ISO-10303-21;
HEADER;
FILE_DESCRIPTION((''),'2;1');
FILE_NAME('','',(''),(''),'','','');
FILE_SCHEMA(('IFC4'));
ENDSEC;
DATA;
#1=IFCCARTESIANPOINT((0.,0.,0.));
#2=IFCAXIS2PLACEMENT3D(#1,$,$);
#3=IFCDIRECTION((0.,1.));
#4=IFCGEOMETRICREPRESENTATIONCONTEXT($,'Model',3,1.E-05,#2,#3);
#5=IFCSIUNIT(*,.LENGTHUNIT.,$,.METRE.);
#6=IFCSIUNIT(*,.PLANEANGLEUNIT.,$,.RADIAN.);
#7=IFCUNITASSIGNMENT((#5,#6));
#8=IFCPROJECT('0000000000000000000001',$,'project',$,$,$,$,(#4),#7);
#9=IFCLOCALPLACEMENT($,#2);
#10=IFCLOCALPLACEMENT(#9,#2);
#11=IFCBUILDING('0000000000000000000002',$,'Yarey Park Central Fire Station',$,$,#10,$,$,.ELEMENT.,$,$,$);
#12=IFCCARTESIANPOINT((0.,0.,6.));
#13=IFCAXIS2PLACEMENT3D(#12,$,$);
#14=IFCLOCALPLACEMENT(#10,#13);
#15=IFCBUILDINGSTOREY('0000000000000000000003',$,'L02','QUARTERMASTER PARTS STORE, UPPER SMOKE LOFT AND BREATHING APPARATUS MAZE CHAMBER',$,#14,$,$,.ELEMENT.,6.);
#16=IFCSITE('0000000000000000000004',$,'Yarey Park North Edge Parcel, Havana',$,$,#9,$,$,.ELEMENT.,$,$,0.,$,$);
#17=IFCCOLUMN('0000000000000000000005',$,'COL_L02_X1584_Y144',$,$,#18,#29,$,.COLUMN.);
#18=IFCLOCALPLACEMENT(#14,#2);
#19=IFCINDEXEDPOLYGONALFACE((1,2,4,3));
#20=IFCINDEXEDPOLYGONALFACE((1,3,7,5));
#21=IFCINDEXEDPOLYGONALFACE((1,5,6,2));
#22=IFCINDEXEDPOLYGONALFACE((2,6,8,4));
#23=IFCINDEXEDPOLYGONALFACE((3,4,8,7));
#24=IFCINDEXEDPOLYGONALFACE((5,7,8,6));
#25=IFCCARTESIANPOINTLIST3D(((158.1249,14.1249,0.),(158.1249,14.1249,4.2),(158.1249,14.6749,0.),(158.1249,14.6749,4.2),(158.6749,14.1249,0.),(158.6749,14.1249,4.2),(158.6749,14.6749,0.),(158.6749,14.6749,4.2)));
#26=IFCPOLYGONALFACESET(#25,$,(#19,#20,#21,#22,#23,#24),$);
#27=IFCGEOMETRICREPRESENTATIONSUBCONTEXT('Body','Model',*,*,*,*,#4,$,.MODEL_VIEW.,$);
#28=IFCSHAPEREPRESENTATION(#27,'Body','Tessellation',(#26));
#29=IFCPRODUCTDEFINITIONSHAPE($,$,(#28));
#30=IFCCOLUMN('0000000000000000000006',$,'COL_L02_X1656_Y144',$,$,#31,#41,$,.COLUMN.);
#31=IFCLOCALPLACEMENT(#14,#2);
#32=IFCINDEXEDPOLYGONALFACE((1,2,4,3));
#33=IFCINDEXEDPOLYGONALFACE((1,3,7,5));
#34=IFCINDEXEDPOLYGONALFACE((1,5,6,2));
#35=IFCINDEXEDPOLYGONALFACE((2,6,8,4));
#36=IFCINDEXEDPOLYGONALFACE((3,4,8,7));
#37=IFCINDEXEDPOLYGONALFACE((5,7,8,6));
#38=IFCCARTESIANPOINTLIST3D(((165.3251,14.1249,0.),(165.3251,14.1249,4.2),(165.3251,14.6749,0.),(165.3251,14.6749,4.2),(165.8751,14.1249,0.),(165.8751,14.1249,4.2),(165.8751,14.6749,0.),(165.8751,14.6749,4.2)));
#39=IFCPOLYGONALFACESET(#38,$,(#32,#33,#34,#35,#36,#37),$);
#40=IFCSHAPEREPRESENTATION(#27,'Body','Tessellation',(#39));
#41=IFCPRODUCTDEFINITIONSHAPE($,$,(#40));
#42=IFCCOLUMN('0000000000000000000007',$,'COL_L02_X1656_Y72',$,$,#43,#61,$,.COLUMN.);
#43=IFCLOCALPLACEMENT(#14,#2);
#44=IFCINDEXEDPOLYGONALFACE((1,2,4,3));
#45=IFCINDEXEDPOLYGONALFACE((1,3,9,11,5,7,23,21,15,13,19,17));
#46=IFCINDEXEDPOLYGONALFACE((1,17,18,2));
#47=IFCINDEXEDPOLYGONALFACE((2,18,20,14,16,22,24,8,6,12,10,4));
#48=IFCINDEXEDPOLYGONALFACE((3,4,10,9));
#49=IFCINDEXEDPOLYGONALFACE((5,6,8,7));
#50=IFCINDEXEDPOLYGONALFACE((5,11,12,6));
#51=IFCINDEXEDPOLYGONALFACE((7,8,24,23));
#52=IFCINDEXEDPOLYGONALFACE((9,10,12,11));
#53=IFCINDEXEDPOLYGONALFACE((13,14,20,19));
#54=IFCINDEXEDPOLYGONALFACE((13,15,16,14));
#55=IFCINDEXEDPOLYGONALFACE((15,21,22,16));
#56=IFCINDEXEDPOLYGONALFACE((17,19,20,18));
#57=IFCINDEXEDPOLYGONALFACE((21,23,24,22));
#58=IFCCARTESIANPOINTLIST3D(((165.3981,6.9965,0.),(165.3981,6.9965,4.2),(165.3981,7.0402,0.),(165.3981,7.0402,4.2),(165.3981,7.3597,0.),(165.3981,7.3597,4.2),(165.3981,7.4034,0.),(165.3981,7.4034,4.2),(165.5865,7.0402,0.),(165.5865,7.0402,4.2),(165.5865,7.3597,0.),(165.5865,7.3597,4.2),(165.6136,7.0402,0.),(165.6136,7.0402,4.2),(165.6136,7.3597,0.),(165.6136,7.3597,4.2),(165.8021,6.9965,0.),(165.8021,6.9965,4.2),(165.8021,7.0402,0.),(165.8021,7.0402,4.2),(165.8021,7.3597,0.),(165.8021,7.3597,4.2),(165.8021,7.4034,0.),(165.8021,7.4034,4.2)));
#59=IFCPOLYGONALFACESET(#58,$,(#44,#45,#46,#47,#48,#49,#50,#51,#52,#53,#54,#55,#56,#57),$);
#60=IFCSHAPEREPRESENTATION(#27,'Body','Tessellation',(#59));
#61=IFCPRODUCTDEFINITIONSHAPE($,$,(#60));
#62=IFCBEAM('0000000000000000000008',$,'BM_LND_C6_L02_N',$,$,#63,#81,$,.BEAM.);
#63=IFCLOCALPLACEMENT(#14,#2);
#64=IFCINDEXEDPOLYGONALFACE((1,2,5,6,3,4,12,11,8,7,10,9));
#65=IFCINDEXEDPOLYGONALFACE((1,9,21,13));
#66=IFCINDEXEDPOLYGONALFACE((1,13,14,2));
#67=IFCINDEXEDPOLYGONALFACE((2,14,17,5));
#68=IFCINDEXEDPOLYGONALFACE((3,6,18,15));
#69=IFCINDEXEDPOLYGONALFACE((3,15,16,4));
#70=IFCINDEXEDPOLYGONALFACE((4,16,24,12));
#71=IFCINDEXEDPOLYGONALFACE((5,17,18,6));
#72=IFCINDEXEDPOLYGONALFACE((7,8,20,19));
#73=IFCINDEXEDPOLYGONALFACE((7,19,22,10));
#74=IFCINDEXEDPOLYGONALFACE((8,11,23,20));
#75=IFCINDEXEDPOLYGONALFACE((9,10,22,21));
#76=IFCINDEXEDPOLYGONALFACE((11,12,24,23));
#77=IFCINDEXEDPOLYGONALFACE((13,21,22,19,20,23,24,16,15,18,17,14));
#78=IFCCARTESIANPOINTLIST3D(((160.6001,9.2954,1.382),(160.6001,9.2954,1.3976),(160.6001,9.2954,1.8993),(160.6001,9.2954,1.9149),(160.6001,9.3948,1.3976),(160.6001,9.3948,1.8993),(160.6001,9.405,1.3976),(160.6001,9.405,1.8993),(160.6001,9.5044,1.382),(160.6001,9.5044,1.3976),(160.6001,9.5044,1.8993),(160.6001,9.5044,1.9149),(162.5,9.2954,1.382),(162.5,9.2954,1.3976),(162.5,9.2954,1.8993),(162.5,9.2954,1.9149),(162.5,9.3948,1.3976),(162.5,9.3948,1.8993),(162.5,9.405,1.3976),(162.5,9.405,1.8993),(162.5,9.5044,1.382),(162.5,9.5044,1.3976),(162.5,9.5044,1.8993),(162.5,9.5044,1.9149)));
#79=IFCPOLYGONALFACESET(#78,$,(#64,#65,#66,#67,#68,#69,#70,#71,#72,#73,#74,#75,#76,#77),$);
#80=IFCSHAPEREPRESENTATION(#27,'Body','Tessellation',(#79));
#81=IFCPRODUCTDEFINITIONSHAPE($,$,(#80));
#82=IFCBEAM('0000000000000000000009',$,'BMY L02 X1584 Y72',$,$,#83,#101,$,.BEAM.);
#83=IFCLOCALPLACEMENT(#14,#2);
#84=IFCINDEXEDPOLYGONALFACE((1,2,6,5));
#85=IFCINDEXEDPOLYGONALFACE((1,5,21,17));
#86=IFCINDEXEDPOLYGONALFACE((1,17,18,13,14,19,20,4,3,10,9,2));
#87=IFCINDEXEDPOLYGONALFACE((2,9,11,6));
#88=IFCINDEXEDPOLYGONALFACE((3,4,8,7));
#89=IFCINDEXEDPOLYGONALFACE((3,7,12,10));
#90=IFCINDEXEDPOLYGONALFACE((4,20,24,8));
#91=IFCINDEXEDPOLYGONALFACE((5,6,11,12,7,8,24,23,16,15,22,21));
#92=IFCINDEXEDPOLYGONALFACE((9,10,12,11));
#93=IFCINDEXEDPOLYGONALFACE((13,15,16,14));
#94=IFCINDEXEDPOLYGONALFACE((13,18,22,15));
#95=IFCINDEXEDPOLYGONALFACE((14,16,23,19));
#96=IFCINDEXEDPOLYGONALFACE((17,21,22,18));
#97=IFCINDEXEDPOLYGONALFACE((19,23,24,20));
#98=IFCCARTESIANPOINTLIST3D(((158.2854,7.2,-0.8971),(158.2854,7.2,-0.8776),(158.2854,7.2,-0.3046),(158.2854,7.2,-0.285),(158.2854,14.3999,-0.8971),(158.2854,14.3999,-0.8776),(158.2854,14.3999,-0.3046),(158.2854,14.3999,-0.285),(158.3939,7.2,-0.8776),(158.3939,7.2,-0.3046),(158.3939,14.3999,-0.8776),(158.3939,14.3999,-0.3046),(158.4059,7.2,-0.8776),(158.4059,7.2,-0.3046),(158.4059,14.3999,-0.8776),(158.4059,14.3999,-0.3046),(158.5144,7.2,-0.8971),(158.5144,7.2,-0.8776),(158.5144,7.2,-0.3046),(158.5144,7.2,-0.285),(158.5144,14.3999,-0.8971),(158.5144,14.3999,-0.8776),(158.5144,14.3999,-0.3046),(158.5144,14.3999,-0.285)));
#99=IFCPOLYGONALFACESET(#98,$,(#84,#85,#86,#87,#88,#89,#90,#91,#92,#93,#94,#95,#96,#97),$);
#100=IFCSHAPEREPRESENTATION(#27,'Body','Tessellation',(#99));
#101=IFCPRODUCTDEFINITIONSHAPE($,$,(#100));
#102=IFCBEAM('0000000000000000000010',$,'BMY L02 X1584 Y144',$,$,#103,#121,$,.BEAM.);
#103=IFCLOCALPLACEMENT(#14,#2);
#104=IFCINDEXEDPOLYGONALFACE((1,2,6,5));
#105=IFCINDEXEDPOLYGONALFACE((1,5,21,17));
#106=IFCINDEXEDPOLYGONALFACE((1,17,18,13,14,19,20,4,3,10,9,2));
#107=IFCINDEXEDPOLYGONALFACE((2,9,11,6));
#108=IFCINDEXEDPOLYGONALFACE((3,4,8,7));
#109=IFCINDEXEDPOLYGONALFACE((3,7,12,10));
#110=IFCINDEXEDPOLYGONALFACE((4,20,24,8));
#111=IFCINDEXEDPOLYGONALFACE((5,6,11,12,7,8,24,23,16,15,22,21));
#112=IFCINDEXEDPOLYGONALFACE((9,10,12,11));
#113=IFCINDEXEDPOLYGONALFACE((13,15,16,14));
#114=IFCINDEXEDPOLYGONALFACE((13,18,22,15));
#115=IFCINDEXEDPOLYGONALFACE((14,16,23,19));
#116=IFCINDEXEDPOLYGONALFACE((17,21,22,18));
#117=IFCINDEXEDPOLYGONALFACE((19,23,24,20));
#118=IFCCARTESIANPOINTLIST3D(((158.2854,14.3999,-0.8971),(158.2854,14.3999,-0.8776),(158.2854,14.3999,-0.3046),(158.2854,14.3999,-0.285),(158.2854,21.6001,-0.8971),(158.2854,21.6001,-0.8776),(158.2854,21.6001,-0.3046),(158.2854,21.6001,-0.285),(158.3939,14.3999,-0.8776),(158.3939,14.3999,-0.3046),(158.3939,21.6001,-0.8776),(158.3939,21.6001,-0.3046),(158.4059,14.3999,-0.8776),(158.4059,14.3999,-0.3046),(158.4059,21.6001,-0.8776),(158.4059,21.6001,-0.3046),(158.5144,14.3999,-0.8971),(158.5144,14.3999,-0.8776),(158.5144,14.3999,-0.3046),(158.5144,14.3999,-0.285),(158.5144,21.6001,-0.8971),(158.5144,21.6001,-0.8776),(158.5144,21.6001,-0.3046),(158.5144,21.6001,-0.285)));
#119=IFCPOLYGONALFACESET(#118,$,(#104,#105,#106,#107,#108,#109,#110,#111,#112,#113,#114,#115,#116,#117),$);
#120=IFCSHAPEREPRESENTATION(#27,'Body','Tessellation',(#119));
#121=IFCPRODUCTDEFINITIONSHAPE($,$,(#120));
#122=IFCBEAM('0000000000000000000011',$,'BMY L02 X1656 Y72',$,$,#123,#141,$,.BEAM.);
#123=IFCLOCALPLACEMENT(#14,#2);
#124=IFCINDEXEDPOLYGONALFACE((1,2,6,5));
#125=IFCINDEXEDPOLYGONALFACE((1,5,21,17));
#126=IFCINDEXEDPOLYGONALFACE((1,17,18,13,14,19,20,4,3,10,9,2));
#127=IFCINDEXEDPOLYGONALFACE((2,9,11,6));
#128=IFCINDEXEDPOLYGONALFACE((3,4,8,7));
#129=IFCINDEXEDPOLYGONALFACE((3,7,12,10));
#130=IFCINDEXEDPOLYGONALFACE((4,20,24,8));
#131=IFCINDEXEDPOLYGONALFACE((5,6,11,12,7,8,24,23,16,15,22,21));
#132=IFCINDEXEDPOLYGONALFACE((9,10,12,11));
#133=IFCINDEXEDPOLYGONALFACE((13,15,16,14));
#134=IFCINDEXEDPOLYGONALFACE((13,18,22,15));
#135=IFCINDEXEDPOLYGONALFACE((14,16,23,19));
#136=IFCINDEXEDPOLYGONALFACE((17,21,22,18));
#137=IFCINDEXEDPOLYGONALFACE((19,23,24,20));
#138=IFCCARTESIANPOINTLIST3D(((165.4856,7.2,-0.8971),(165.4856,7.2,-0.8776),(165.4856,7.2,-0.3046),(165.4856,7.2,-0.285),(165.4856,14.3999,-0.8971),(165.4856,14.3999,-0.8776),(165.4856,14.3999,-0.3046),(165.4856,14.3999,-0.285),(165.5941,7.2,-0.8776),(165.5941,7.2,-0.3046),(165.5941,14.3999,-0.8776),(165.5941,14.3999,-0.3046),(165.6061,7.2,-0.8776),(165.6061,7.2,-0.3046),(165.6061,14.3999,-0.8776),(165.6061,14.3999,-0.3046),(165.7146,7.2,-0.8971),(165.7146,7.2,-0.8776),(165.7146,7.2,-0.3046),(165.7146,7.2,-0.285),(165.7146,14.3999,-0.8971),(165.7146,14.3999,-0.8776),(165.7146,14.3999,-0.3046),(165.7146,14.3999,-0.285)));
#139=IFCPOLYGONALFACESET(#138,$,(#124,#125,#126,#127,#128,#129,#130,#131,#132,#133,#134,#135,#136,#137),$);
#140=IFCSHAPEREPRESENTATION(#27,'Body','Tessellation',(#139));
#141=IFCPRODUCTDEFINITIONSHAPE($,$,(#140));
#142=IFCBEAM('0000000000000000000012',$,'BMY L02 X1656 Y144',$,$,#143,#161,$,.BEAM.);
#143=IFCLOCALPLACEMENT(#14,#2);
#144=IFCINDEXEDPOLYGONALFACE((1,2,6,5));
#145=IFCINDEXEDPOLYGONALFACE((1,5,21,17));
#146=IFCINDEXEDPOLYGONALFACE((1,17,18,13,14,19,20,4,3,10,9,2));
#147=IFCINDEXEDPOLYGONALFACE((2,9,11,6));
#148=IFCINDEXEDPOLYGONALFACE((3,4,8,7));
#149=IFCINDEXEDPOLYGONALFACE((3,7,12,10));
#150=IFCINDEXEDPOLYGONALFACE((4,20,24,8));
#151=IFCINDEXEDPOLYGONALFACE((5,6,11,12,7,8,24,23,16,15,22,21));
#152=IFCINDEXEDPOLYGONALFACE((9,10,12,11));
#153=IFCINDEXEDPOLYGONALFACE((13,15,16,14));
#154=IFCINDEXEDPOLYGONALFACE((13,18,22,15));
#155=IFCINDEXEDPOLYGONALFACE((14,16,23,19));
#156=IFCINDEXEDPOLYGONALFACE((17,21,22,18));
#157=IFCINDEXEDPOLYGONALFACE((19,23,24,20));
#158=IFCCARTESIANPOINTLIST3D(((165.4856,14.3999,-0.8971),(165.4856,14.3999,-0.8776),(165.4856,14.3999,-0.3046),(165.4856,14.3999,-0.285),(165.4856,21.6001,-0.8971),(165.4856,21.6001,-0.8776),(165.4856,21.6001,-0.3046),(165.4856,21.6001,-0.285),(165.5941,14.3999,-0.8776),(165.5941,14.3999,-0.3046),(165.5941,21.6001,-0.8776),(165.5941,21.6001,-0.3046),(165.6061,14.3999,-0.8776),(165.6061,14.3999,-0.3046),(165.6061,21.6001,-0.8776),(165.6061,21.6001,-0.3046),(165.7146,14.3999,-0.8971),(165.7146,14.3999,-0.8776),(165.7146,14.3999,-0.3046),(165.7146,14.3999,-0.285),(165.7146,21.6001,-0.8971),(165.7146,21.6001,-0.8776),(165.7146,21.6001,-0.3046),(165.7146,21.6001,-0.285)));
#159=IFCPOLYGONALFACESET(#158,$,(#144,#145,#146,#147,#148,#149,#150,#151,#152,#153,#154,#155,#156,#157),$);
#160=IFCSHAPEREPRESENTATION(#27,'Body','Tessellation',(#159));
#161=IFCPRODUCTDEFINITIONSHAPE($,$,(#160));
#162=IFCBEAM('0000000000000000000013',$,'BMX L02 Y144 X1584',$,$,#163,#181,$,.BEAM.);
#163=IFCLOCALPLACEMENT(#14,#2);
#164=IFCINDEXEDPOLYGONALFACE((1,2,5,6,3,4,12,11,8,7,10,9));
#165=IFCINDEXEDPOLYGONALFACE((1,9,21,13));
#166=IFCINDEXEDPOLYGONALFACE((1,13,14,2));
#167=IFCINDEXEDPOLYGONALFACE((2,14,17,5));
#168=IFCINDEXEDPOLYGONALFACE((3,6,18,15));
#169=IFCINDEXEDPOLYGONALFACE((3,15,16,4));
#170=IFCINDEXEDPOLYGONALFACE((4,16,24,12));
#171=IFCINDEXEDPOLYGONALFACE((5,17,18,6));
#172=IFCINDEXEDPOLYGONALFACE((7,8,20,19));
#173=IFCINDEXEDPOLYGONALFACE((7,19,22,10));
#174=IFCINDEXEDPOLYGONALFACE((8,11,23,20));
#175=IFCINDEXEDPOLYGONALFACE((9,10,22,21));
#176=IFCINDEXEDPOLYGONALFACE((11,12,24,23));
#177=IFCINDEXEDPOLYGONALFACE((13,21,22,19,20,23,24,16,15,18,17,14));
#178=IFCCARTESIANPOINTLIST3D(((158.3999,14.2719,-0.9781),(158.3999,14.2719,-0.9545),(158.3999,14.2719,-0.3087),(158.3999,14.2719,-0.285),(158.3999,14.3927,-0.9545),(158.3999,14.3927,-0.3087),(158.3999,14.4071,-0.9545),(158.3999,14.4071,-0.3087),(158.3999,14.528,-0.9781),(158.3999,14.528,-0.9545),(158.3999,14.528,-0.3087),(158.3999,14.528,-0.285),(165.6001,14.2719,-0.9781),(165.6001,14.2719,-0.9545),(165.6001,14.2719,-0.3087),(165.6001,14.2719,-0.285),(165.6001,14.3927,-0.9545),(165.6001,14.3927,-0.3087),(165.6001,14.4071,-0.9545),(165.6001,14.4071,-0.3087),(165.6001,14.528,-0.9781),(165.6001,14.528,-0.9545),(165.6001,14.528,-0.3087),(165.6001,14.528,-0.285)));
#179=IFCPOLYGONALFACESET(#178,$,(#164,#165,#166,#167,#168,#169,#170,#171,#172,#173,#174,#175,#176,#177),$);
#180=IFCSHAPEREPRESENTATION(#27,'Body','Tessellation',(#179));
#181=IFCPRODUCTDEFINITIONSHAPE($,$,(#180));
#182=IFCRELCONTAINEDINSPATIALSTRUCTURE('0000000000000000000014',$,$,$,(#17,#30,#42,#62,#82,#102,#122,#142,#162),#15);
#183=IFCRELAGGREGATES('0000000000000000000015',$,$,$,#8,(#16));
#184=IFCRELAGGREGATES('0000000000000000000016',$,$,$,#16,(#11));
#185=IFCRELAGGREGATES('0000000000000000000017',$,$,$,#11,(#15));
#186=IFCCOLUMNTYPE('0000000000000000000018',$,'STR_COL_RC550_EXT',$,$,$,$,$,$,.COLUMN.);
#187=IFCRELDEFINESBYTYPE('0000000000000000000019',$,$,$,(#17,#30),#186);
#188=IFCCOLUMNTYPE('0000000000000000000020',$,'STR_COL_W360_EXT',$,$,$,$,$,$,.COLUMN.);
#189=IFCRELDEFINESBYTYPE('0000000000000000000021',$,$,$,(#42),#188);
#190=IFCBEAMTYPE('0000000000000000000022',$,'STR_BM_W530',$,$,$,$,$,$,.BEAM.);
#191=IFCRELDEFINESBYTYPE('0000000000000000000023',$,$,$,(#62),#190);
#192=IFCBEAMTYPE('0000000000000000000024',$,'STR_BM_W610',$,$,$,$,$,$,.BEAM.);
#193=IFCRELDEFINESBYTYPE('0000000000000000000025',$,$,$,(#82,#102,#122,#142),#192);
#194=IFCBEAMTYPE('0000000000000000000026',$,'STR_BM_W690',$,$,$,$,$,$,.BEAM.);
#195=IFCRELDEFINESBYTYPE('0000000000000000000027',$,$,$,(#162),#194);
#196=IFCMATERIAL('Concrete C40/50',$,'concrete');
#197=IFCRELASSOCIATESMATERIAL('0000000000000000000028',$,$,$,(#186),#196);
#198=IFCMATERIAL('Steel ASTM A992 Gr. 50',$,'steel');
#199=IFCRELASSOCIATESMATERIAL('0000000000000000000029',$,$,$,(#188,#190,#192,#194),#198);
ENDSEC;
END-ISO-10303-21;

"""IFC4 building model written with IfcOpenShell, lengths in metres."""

from ifc_helpers import new_model, si_unit, direction, frame, origin, origin_2d, place, context, subcontext, project, spatial, rectangle, i_section, extrude, material, material_profile, profile_set, type_object, element, save


model = new_model("IFC4")

# Units and contexts
model_context = context("Model", 3, precision=1e-05, world=origin(), true_north=direction((0.0, 1.0)))
body_context = subcontext(model_context, "Body", "Model", "MODEL_VIEW")
ifc_project = project(units=[si_unit("LENGTHUNIT", "METRE"), si_unit("PLANEANGLEUNIT", "RADIAN")], contexts=[model_context])

# Site, building, storey
site_placement = place(None, origin())
site = spatial("IfcSite", under=ifc_project, at=site_placement, Name="Yarey Park North Edge Parcel, Havana", CompositionType="ELEMENT", RefElevation=0.0)
building_placement = place(site_placement, origin())
building = spatial("IfcBuilding", under=site, at=building_placement, Name="Yarey Park Central Fire Station", CompositionType="ELEMENT")
storey_placement = place(building_placement, frame((0.0, 0.0, 6.0)))
storey = spatial("IfcBuildingStorey", under=building, at=storey_placement, Name="L02", Description="QUARTERMASTER PARTS STORE, UPPER SMOKE LOFT AND BREATHING APPARATUS MAZE CHAMBER", CompositionType="ELEMENT", Elevation=6.0)

# Columns
ifc_material_1 = material(Name="Concrete C40/50", Category="concrete")
ifc_material_profile_1 = material_profile(ifc_material_1, rectangle(XDim=0.55, YDim=0.55, at=origin_2d()), Name="RC 550x550")
ifc_profile_set_1 = profile_set([ifc_material_profile_1], Name="Concrete C40/50")
column_type_1 = type_object("IfcColumnType", Name="STR_COL_RC550_EXT", PredefinedType="COLUMN", material=ifc_profile_set_1)
for number, where, z_axis, x_axis, name in (
    (1, (158.3999, 14.3999, 0.0), (0.0, 0.0, 1.0), (1.0, 0.0, 0.0), "COL_L02_X1584_Y144"),
    (2, (165.6001, 14.3999, 0.0), (0.0, 0.0, 1.0), (1.0, 0.0, 0.0), "COL_L02_X1656_Y144"),
):
    element("IfcColumn", number, at=place(storey_placement, frame(where, z_axis=z_axis, x_axis=x_axis)), inside=storey, type_object=column_type_1, Name=name, PredefinedType="COLUMN", context=body_context, shape_type="SweptSolid", body=[
        extrude(rectangle(XDim=0.55, YDim=0.55, at=origin_2d()), origin(), (0.0, 0.0, 1.0), 4.2),
    ])
ifc_material_2 = material(Name="Steel ASTM A992 Gr. 50", Category="steel")
ifc_material_profile_2 = material_profile(ifc_material_2, i_section(OverallWidth=0.4041, OverallDepth=0.407, WebThickness=0.0271, FlangeThickness=0.0437, at=origin_2d()), Name="W360x347")
ifc_profile_set_2 = profile_set([ifc_material_profile_2], Name="Steel ASTM A992 Gr. 50")
column_type_2 = type_object("IfcColumnType", Name="STR_COL_W360_EXT", PredefinedType="COLUMN", material=ifc_profile_set_2)
column_placement = place(storey_placement, frame((165.6001, 7.2, 0.0), z_axis=(0.0, 0.0, 1.0), x_axis=(1.0, 0.0, 0.0)))
element("IfcColumn", 3, at=column_placement, inside=storey, type_object=column_type_2, Name="COL_L02_X1656_Y72", PredefinedType="COLUMN", context=body_context, shape_type="SweptSolid", body=[
    extrude(i_section(OverallWidth=0.4041, OverallDepth=0.407, WebThickness=0.0271, FlangeThickness=0.0437, at=origin_2d()), origin(), (0.0, 0.0, 1.0), 4.2),
])

# Beams
ifc_material_profile_3 = material_profile(ifc_material_2, i_section(OverallWidth=0.209, OverallDepth=0.533, WebThickness=0.0103, FlangeThickness=0.0156, at=origin_2d()), Name="W530x92")
ifc_profile_set_3 = profile_set([ifc_material_profile_3], Name="Steel ASTM A992 Gr. 50")
beam_type_1 = type_object("IfcBeamType", Name="STR_BM_W530", PredefinedType="BEAM", material=ifc_profile_set_3)
beam_1_placement = place(storey_placement, frame((160.6001, 9.3999, 1.6484), z_axis=(1.0, 0.0, 0.0), x_axis=(0.0, 1.0, 0.0)))
element("IfcBeam", 4, at=beam_1_placement, inside=storey, type_object=beam_type_1, Name="BM_LND_C6_L02_N", PredefinedType="BEAM", context=body_context, shape_type="SweptSolid", body=[
    extrude(i_section(OverallWidth=0.209, OverallDepth=0.533, WebThickness=0.0103, FlangeThickness=0.0156, at=origin_2d()), origin(), (0.0, 0.0, 1.0), 1.8999),
])
ifc_material_profile_4 = material_profile(ifc_material_2, i_section(OverallWidth=0.229, OverallDepth=0.6121, WebThickness=0.012, FlangeThickness=0.0195, at=origin_2d()), Name="W610x125")
ifc_profile_set_4 = profile_set([ifc_material_profile_4], Name="Steel ASTM A992 Gr. 50")
beam_type_2 = type_object("IfcBeamType", Name="STR_BM_W610", PredefinedType="BEAM", material=ifc_profile_set_4)
beam_2_placement = place(storey_placement, frame((158.3999, 7.2, -0.5911), z_axis=(0.0, 1.0, 0.0), x_axis=(-1.0, 0.0, 0.0)))
element("IfcBeam", 5, at=beam_2_placement, inside=storey, type_object=beam_type_2, Name="BMY L02 X1584 Y72", PredefinedType="BEAM", context=body_context, shape_type="SweptSolid", body=[
    extrude(i_section(OverallWidth=0.229, OverallDepth=0.6121, WebThickness=0.012, FlangeThickness=0.0195, at=origin_2d()), origin(), (0.0, 0.0, 1.0), 7.2),
])
beam_3_placement = place(storey_placement, frame((158.3999, 14.3999, -0.5911), z_axis=(0.0, 1.0, 0.0), x_axis=(-1.0, 0.0, 0.0)))
element("IfcBeam", 6, at=beam_3_placement, inside=storey, type_object=beam_type_2, Name="BMY L02 X1584 Y144", PredefinedType="BEAM", context=body_context, shape_type="SweptSolid", body=[
    extrude(i_section(OverallWidth=0.229, OverallDepth=0.6121, WebThickness=0.012, FlangeThickness=0.0195, at=origin_2d()), origin(), (0.0, 0.0, 1.0), 7.2002),
])
beam_4_placement = place(storey_placement, frame((165.6001, 7.2, -0.5911), z_axis=(0.0, 1.0, 0.0), x_axis=(-1.0, 0.0, 0.0)))
element("IfcBeam", 7, at=beam_4_placement, inside=storey, type_object=beam_type_2, Name="BMY L02 X1656 Y72", PredefinedType="BEAM", context=body_context, shape_type="SweptSolid", body=[
    extrude(i_section(OverallWidth=0.229, OverallDepth=0.6121, WebThickness=0.012, FlangeThickness=0.0195, at=origin_2d()), origin(), (0.0, 0.0, 1.0), 7.2),
])
beam_5_placement = place(storey_placement, frame((165.6001, 14.3999, -0.5911), z_axis=(0.0, 1.0, 0.0), x_axis=(-1.0, 0.0, 0.0)))
element("IfcBeam", 8, at=beam_5_placement, inside=storey, type_object=beam_type_2, Name="BMY L02 X1656 Y144", PredefinedType="BEAM", context=body_context, shape_type="SweptSolid", body=[
    extrude(i_section(OverallWidth=0.229, OverallDepth=0.6121, WebThickness=0.012, FlangeThickness=0.0195, at=origin_2d()), origin(), (0.0, 0.0, 1.0), 7.2002),
])
ifc_material_profile_5 = material_profile(ifc_material_2, i_section(OverallWidth=0.2561, OverallDepth=0.6931, WebThickness=0.0144, FlangeThickness=0.0237, at=origin_2d()), Name="W690x170")
ifc_profile_set_5 = profile_set([ifc_material_profile_5], Name="Steel ASTM A992 Gr. 50")
beam_type_3 = type_object("IfcBeamType", Name="STR_BM_W690", PredefinedType="BEAM", material=ifc_profile_set_5)
beam_6_placement = place(storey_placement, frame((158.3999, 14.3999, -0.6316), z_axis=(1.0, 0.0, 0.0), x_axis=(0.0, 1.0, 0.0)))
element("IfcBeam", 9, at=beam_6_placement, inside=storey, type_object=beam_type_3, Name="BMX L02 Y144 X1584", PredefinedType="BEAM", context=body_context, shape_type="SweptSolid", body=[
    extrude(i_section(OverallWidth=0.2561, OverallDepth=0.6931, WebThickness=0.0144, FlangeThickness=0.0237, at=origin_2d()), origin(), (0.0, 0.0, 1.0), 7.2002),
])

save(model, "model.ifc")
